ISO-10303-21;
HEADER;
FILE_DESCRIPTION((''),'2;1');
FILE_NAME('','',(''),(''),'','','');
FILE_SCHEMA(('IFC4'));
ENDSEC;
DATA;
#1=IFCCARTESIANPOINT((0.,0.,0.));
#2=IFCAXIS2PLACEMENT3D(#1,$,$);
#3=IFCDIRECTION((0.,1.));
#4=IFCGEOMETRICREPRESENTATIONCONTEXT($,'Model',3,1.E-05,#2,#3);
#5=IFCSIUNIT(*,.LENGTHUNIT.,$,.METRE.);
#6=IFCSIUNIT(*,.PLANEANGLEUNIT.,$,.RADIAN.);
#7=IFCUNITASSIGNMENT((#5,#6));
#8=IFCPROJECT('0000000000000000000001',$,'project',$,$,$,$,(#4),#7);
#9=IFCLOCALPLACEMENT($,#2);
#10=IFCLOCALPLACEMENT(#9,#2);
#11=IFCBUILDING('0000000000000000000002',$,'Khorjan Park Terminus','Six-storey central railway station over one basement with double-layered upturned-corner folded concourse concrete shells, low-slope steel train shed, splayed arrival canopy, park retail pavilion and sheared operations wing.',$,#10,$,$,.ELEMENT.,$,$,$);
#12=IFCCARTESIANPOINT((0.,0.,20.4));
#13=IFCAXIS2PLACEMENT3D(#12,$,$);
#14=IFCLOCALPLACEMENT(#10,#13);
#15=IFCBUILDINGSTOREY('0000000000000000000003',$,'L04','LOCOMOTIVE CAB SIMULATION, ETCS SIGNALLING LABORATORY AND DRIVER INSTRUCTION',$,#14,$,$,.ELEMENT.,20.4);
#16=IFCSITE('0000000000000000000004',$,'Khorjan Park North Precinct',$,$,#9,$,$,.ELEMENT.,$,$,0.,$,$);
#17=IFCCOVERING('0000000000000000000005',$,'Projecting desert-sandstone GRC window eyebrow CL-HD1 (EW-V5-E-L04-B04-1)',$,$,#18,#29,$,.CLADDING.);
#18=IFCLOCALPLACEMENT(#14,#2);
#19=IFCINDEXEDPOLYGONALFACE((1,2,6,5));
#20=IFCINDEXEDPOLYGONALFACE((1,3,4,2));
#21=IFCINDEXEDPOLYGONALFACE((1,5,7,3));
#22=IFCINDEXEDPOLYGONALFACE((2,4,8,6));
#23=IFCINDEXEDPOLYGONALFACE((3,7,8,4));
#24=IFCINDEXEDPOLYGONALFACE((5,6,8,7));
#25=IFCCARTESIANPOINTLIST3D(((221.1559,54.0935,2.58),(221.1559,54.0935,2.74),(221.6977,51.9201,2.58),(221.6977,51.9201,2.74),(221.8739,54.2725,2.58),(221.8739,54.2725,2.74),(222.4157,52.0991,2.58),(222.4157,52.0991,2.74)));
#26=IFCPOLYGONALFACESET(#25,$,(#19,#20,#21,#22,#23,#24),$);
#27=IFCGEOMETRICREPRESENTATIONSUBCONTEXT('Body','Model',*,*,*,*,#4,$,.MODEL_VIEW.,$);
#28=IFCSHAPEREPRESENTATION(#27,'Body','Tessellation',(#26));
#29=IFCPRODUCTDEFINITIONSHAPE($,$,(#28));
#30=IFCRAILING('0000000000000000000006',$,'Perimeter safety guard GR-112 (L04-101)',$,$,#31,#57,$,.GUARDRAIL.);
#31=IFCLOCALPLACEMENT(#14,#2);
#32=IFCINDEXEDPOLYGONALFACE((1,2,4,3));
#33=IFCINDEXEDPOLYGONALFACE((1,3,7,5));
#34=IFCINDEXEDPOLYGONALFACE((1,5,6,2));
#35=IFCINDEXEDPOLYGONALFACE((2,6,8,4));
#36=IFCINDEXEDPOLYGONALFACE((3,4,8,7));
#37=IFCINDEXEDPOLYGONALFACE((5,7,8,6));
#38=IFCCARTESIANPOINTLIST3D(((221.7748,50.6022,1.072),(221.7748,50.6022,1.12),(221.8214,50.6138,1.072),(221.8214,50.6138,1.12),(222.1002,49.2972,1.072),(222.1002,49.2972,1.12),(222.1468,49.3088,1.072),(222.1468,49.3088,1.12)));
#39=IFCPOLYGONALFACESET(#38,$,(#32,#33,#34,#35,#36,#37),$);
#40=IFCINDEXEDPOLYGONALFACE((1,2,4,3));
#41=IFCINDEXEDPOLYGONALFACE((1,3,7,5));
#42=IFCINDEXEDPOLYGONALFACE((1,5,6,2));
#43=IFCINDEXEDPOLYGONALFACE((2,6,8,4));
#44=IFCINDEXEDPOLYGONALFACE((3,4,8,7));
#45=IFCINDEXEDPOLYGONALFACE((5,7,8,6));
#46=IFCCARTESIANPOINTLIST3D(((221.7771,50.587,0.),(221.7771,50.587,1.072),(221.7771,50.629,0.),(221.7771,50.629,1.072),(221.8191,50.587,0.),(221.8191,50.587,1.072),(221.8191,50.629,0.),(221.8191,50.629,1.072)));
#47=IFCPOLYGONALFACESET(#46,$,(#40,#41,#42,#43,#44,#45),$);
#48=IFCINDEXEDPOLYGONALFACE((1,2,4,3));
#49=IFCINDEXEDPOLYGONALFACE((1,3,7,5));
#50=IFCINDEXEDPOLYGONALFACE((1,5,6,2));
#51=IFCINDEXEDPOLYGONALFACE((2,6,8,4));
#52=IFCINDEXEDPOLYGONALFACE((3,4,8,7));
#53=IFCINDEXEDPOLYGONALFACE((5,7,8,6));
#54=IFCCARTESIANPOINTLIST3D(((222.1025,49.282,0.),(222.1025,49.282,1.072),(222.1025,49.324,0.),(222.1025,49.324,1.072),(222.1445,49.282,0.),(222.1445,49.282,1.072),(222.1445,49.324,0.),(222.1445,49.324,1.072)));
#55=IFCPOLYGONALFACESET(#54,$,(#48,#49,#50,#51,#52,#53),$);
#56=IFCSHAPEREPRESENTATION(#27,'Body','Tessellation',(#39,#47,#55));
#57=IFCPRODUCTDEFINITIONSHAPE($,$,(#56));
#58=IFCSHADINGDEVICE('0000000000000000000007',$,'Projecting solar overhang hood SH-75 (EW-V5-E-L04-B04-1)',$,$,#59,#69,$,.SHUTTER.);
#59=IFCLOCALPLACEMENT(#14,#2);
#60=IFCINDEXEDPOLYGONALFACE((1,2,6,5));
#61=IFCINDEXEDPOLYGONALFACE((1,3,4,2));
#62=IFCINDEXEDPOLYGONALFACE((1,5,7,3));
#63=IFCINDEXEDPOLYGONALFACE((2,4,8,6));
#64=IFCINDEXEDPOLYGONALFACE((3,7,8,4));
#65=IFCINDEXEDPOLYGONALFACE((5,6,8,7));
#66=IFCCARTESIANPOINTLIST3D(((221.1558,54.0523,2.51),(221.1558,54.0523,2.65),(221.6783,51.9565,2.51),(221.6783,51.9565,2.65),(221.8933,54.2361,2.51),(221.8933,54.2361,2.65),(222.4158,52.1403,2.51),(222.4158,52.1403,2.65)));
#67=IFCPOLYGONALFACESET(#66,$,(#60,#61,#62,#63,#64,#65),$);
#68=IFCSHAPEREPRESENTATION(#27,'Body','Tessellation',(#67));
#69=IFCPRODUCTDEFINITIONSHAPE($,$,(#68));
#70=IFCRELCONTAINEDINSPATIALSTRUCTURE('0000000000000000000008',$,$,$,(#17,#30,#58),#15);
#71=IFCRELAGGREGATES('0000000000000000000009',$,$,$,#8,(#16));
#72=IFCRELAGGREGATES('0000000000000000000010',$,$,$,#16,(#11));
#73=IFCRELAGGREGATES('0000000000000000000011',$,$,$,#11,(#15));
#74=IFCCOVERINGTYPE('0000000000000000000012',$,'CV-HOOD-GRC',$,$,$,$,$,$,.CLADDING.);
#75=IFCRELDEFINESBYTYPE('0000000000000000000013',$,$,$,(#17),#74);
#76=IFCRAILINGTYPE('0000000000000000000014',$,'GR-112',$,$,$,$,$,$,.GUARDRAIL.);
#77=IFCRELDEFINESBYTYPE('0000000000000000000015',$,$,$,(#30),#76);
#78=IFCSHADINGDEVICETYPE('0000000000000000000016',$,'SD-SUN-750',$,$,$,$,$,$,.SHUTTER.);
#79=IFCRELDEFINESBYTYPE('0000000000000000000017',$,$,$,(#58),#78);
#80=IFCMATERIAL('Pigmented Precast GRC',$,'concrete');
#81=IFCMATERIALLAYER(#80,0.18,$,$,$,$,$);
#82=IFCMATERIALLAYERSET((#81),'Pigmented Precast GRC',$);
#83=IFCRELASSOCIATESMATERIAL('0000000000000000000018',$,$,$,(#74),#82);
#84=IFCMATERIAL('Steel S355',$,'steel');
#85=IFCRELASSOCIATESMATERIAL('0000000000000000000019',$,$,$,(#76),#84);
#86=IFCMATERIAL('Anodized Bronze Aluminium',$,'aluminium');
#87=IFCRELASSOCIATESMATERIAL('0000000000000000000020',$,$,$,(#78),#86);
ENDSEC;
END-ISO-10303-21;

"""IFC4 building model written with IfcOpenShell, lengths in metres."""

from ifc_helpers import new_model, si_unit, direction, frame, origin, origin_2d, place, context, subcontext, project, spatial, rectangle, extrude, material, layer, layer_set, type_object, element, save


model = new_model("IFC4")

# Units and contexts
model_context = context("Model", 3, precision=1e-05, world=origin(), true_north=direction((0.0, 1.0)))
body_context = subcontext(model_context, "Body", "Model", "MODEL_VIEW")
ifc_project = project(units=[si_unit("LENGTHUNIT", "METRE"), si_unit("PLANEANGLEUNIT", "RADIAN")], contexts=[model_context])

# Site, building, storey
site_placement = place(None, origin())
site = spatial("IfcSite", under=ifc_project, at=site_placement, Name="Khorjan Park North Precinct", CompositionType="ELEMENT", RefElevation=0.0)
building_placement = place(site_placement, origin())
building = spatial("IfcBuilding", under=site, at=building_placement, Name="Khorjan Park Terminus", Description="Six-storey central railway station over one basement with double-layered upturned-corner folded concourse concrete shells, low-slope steel train shed, splayed arrival canopy, park retail pavilion and sheared operations wing.", CompositionType="ELEMENT")
storey_placement = place(building_placement, frame((0.0, 0.0, 20.4)))
storey = spatial("IfcBuildingStorey", under=building, at=storey_placement, Name="L04", Description="LOCOMOTIVE CAB SIMULATION, ETCS SIGNALLING LABORATORY AND DRIVER INSTRUCTION", CompositionType="ELEMENT", Elevation=20.4)

# Shared definitions
ifc_material_1 = material(Name="Steel S355", Category="steel")

# Shared definitions
ifc_material_2 = material(Name="Anodized Bronze Aluminium", Category="aluminium")

# Covering
ifc_material_3 = material(Name="Pigmented Precast GRC", Category="concrete")
ifc_layer_1 = layer(ifc_material_3, 0.18)
ifc_layer_set_1 = layer_set([ifc_layer_1], Name="Pigmented Precast GRC")
covering_type = type_object("IfcCoveringType", Name="CV-HOOD-GRC", PredefinedType="CLADDING", material=ifc_layer_set_1)
covering_placement = place(storey_placement, frame((221.7858, 53.0963, 2.58), z_axis=(0.0, 0.0, 1.0), x_axis=(-0.24191, 0.970299, 0.0)))
element("IfcCovering", 1, at=covering_placement, inside=storey, type_object=covering_type, Name="Projecting desert-sandstone GRC window eyebrow CL-HD1 (EW-V5-E-L04-B04-1)", PredefinedType="CLADDING", context=body_context, shape_type="SweptSolid", body=[
    extrude(rectangle(XDim=2.24, YDim=0.74, at=origin_2d()), origin(), (0.0, 0.0, 1.0), 0.16),
])

# Railing
railing_type = type_object("IfcRailingType", Name="GR-112", PredefinedType="GUARDRAIL", material=ifc_material_1)
railing_placement = place(storey_placement, frame((221.7981, 50.608, 0.0)))
element("IfcRailing", 2, at=railing_placement, inside=storey, type_object=railing_type, Name="Perimeter safety guard GR-112 (L04-101)", PredefinedType="GUARDRAIL", context=body_context, shape_type="SweptSolid", body=[
    extrude(rectangle(XDim=0.048, YDim=0.048, at=origin_2d()), frame((0.0, 0.0, 1.096), z_axis=(0.241941, -0.970291, 0.0), x_axis=(0.970291, 0.241941, 0.0)), (0.0, 0.0, 1.0), 1.345),
    extrude(rectangle(XDim=0.042, YDim=0.042, at=origin_2d()), origin(), (0.0, 0.0, 1.0), 1.072),
    extrude(rectangle(XDim=0.042, YDim=0.042, at=origin_2d()), frame((0.3254, -1.305, 0.0)), (0.0, 0.0, 1.0), 1.072),
])

# Shading device
shading_device_type = type_object("IfcShadingDeviceType", Name="SD-SUN-750", PredefinedType="SHUTTER", material=ifc_material_2)
shading_device_placement = place(storey_placement, frame((221.7858, 53.0963, 2.51), z_axis=(0.0, 0.0, 1.0), x_axis=(-0.24191, 0.970299, 0.0)))
element("IfcShadingDevice", 3, at=shading_device_placement, inside=storey, type_object=shading_device_type, Name="Projecting solar overhang hood SH-75 (EW-V5-E-L04-B04-1)", PredefinedType="SHUTTER", context=body_context, shape_type="SweptSolid", body=[
    extrude(rectangle(XDim=2.16, YDim=0.76, at=origin_2d()), origin(), (0.0, 0.0, 1.0), 0.14),
])

save(model, "model.ifc")
